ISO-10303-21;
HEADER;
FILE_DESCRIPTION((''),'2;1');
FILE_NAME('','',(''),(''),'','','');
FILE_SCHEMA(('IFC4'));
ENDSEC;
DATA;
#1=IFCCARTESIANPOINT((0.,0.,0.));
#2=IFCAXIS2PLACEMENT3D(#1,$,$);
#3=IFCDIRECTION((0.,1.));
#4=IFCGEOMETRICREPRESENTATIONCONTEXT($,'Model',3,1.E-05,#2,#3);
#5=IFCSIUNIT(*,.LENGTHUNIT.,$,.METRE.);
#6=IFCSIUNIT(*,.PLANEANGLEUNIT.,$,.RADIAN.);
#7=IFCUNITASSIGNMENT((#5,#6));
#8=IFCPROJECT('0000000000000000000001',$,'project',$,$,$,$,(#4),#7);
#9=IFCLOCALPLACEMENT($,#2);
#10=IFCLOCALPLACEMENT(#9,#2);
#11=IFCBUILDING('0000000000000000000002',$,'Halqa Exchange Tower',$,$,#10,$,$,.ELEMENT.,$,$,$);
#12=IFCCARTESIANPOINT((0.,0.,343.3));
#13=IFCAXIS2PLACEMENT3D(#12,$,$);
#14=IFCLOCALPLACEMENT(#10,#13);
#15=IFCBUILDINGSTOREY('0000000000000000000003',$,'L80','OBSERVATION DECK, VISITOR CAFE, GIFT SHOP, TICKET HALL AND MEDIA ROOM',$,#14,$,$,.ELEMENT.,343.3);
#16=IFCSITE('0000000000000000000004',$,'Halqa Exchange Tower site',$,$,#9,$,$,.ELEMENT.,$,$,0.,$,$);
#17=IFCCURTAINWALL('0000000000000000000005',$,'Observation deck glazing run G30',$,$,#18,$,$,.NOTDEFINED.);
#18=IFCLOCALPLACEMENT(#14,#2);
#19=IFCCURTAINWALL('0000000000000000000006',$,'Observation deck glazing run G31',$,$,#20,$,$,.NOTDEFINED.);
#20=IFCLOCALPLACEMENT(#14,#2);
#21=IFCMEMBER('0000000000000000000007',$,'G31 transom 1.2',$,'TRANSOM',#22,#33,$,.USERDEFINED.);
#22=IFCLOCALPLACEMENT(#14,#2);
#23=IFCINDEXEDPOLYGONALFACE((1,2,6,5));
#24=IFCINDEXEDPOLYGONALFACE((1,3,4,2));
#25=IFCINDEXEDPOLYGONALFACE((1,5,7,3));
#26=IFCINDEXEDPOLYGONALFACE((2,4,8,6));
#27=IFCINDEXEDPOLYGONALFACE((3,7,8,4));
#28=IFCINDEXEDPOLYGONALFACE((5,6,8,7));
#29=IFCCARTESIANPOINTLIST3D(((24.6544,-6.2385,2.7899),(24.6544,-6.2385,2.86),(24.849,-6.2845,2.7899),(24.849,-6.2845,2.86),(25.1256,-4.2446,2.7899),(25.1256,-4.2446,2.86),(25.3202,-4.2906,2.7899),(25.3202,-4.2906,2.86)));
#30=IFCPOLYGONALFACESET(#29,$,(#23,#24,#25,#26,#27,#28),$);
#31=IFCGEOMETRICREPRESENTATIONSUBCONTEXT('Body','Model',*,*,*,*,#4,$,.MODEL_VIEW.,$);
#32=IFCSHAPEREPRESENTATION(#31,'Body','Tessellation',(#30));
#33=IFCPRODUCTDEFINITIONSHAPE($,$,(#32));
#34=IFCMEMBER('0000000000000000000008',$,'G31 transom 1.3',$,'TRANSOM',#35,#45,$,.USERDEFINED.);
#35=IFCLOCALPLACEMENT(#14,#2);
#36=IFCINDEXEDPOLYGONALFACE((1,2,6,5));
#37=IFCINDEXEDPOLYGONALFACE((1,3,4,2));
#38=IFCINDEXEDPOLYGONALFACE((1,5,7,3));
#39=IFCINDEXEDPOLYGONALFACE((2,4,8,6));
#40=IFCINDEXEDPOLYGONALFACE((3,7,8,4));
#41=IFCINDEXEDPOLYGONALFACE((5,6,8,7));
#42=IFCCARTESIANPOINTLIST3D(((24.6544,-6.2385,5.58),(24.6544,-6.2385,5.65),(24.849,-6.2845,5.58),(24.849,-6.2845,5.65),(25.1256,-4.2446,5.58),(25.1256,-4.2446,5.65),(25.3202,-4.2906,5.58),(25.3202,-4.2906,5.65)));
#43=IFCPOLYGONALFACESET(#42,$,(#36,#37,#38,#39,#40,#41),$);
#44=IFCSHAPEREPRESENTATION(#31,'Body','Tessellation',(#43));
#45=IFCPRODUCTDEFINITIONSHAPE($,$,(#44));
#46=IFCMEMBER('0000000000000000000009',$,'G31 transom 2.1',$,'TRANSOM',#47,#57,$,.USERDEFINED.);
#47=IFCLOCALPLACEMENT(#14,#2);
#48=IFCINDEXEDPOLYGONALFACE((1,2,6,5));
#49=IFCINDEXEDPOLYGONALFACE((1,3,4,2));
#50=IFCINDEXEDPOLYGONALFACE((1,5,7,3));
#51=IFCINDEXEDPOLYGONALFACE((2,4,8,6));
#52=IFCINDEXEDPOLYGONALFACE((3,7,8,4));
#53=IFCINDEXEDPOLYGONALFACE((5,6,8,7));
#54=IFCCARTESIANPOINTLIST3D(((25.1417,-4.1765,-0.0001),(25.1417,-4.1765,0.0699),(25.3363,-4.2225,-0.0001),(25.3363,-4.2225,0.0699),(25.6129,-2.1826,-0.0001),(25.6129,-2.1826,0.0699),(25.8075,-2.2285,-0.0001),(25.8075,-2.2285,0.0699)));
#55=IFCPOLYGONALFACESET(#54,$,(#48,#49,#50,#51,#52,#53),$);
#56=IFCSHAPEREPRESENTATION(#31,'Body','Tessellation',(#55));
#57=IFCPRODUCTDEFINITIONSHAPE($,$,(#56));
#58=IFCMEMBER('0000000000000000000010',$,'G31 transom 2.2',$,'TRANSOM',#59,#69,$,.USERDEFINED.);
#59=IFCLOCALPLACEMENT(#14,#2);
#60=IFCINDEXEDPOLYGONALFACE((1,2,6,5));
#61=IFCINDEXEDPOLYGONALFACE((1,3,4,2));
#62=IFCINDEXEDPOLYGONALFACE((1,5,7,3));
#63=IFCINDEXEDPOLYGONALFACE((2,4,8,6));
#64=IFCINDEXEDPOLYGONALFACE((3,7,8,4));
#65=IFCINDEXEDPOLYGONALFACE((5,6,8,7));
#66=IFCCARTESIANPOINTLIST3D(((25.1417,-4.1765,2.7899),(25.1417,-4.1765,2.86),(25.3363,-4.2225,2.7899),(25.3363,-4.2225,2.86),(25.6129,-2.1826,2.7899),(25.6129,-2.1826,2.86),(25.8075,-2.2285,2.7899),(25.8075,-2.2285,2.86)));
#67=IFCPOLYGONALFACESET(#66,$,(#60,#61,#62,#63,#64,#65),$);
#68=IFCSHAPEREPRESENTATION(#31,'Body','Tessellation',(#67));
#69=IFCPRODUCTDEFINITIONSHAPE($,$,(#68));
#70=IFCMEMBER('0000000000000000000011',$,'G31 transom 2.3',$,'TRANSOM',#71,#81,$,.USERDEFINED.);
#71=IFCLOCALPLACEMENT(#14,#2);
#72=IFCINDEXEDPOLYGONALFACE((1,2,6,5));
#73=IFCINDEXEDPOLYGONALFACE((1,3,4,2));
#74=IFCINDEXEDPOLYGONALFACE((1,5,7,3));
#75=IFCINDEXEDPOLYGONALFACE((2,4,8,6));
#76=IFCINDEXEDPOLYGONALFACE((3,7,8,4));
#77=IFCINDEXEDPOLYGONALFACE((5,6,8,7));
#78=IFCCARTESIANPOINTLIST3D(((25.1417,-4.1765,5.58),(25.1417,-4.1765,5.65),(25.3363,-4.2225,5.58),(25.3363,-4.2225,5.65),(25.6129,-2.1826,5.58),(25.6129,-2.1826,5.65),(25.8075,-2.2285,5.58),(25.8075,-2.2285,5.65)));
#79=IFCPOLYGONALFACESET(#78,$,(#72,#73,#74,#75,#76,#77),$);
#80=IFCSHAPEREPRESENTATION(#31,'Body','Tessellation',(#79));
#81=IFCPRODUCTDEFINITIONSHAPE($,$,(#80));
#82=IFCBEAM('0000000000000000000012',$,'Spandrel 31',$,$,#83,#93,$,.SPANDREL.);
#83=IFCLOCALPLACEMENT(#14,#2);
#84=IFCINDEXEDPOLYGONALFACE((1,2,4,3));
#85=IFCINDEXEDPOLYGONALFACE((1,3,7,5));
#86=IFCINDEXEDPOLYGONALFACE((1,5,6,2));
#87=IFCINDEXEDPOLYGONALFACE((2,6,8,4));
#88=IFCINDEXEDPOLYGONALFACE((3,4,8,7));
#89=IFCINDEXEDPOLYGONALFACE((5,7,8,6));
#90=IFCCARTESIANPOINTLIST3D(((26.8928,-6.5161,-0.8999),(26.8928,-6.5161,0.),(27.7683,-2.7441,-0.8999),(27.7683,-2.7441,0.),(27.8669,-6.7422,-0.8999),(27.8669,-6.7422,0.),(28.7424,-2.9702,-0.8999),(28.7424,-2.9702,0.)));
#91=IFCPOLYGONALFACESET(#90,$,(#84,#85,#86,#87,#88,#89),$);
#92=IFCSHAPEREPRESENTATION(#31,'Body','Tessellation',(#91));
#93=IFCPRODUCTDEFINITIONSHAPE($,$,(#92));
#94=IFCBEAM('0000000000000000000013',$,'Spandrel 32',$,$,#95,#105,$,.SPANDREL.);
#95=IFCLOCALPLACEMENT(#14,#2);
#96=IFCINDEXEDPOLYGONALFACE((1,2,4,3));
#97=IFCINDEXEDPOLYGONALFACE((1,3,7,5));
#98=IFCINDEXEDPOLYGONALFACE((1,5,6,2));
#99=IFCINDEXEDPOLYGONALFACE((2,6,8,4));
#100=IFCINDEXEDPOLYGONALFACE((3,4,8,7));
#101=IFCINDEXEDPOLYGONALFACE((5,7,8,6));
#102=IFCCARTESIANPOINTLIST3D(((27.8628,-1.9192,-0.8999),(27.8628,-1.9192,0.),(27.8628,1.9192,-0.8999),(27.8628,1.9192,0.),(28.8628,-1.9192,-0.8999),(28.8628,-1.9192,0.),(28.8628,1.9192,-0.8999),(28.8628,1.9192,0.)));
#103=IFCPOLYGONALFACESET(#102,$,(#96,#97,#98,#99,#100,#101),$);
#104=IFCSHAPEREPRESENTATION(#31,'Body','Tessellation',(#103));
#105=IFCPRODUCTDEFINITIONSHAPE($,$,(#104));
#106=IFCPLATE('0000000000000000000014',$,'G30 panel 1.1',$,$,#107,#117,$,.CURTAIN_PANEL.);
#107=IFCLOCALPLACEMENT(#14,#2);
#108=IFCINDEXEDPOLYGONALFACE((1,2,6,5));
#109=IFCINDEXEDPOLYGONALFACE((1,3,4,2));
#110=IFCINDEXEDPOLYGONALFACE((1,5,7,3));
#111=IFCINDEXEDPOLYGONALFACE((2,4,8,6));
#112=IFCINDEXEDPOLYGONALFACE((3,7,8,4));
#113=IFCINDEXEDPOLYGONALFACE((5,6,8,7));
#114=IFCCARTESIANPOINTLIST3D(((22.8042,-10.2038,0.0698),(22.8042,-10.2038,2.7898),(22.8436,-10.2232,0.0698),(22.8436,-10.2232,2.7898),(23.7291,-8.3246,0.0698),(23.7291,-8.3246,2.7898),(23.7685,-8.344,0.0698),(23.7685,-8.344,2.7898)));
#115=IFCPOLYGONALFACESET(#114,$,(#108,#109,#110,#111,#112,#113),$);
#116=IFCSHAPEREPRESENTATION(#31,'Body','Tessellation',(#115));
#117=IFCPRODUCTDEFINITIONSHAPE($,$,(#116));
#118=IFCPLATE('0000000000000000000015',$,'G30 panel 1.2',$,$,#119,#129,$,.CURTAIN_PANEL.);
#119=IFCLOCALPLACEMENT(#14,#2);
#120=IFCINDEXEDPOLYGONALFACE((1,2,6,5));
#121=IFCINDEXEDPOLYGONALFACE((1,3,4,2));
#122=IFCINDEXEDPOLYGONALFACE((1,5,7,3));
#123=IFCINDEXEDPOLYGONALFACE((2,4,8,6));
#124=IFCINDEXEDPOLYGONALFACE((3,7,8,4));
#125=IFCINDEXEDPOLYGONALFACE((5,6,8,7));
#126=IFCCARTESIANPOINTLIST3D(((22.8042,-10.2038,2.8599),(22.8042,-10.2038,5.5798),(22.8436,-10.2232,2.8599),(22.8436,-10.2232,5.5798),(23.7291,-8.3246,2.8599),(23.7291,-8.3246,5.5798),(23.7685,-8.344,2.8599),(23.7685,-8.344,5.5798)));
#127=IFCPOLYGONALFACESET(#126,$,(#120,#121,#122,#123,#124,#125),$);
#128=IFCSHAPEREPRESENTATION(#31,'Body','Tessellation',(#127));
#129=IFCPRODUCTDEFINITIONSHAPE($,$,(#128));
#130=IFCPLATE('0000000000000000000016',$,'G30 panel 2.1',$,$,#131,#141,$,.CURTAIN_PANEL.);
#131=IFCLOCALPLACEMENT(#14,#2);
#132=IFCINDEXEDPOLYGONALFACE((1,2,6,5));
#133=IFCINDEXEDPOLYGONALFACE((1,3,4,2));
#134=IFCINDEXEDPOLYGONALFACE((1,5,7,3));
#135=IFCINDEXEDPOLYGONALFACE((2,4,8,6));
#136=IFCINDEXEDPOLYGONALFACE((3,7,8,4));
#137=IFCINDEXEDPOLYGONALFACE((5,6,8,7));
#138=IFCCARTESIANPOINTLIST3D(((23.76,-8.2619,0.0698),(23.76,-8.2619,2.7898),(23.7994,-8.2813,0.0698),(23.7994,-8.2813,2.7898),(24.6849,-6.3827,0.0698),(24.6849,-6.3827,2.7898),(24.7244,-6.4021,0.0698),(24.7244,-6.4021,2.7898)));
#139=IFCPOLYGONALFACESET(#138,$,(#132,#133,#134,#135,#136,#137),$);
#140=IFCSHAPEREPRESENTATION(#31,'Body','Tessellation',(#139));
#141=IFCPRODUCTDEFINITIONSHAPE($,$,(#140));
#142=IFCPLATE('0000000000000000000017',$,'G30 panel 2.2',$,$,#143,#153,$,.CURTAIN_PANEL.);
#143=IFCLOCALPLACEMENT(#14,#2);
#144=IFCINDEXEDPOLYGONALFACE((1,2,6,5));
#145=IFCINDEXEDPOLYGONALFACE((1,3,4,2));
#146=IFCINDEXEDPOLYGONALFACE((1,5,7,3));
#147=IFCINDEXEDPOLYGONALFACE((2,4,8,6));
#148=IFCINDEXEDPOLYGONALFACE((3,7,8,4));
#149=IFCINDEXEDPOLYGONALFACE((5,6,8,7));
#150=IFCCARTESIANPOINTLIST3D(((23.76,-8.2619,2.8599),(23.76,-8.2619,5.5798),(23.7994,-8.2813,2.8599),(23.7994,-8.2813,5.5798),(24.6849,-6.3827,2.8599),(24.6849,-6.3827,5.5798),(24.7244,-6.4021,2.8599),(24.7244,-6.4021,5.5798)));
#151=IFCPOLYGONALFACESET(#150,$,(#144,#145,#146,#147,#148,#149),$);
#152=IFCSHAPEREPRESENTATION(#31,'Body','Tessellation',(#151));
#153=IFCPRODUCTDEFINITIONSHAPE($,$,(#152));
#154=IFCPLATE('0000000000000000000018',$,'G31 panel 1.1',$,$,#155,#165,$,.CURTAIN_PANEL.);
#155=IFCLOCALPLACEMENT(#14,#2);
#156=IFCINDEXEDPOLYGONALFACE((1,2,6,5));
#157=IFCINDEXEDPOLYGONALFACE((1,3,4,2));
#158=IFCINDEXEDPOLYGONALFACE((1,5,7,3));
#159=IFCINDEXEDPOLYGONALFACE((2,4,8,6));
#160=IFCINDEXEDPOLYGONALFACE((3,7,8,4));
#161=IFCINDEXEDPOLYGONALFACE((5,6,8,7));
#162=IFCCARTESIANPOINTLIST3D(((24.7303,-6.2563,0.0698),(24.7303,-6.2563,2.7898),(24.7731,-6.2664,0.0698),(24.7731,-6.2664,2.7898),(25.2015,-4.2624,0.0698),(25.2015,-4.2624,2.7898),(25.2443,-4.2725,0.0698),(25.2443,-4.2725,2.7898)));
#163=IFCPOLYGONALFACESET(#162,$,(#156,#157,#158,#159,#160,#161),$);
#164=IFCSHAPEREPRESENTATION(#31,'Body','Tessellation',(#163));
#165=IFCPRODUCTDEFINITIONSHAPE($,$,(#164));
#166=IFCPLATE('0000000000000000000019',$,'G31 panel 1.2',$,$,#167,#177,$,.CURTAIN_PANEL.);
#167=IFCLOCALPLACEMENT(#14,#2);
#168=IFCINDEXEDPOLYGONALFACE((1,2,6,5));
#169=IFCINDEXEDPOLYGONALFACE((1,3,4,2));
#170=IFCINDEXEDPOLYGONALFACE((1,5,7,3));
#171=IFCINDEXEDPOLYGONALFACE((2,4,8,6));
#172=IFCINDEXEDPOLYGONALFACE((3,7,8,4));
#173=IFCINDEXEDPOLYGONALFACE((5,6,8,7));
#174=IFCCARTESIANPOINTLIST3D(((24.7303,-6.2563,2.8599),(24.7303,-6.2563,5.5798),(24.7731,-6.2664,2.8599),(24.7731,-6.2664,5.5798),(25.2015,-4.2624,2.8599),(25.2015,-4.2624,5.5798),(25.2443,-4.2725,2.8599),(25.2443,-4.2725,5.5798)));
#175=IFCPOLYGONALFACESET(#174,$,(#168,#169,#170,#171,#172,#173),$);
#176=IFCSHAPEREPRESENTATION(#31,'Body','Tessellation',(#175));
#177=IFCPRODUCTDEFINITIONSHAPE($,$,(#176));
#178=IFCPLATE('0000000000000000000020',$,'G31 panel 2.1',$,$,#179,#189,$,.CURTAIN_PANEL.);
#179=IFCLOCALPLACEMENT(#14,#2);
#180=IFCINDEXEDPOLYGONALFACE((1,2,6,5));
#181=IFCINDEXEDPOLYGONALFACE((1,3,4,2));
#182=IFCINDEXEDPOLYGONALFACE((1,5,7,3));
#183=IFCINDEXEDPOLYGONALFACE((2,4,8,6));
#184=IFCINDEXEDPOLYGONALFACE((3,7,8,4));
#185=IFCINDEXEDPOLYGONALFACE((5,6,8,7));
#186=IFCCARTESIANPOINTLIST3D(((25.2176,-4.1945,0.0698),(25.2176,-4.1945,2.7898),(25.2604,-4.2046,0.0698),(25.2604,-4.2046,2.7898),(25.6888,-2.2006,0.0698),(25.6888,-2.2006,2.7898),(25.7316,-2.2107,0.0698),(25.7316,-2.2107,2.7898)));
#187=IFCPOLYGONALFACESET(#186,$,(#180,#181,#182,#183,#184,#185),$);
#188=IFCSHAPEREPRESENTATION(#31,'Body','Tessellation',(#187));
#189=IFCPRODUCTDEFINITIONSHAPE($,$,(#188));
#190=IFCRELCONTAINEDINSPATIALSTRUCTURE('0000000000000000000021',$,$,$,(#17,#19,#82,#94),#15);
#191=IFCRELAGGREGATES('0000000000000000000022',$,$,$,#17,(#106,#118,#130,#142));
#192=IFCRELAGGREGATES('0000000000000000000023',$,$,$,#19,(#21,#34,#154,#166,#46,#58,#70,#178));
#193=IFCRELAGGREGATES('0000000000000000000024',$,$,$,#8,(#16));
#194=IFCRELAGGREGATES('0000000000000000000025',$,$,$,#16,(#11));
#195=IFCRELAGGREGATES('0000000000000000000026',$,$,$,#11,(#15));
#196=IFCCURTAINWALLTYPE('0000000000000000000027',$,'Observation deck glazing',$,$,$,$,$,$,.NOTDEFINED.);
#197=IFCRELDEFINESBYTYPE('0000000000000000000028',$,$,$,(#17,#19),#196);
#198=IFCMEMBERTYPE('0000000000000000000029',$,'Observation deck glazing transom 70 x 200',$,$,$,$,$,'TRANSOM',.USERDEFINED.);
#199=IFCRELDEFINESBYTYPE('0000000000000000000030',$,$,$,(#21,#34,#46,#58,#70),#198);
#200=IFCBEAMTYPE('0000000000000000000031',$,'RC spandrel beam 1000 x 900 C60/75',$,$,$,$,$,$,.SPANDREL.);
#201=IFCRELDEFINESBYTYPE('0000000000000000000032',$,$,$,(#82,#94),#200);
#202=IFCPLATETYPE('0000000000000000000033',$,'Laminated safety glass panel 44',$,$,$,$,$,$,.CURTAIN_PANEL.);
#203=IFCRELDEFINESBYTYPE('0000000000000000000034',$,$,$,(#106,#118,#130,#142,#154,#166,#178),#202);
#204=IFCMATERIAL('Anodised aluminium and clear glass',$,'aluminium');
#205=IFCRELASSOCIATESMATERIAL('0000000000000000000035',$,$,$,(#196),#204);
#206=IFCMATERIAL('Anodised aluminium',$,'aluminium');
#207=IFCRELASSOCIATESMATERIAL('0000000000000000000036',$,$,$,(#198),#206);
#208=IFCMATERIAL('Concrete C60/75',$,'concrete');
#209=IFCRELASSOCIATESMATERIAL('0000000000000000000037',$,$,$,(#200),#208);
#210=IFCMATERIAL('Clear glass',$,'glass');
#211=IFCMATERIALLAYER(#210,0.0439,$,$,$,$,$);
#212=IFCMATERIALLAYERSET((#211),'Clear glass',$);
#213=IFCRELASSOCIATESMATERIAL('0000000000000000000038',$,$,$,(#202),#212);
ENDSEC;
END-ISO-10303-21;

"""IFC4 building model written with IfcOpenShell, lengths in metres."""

from ifc_helpers import new_model, si_unit, direction, frame, origin, origin_2d, place, context, subcontext, project, spatial, rectangle, extrude, material, layer, layer_set, material_profile, profile_set, type_object, element, aggregate, save


model = new_model("IFC4")

# Units and contexts
model_context = context("Model", 3, precision=1e-05, world=origin(), true_north=direction((0.0, 1.0)))
body_context = subcontext(model_context, "Body", "Model", "MODEL_VIEW")
ifc_project = project(units=[si_unit("LENGTHUNIT", "METRE"), si_unit("PLANEANGLEUNIT", "RADIAN")], contexts=[model_context])

# Site, building, storey
site_placement = place(None, origin())
site = spatial("IfcSite", under=ifc_project, at=site_placement, Name="Halqa Exchange Tower site", CompositionType="ELEMENT", RefElevation=0.0)
building_placement = place(site_placement, origin())
building = spatial("IfcBuilding", under=site, at=building_placement, Name="Halqa Exchange Tower", CompositionType="ELEMENT")
storey_placement = place(building_placement, frame((0.0, 0.0, 343.3)))
storey = spatial("IfcBuildingStorey", under=building, at=storey_placement, Name="L80", Description="OBSERVATION DECK, VISITOR CAFE, GIFT SHOP, TICKET HALL AND MEDIA ROOM", CompositionType="ELEMENT", Elevation=343.3)

# Curtain walls
ifc_material_1 = material(Name="Anodised aluminium and clear glass", Category="aluminium")
curtain_wall_type = type_object("IfcCurtainWallType", Name="Observation deck glazing", PredefinedType="NOTDEFINED", material=ifc_material_1)
curtain_wall_1_placement = place(storey_placement, origin())
curtain_wall_1 = element("IfcCurtainWall", 1, at=curtain_wall_1_placement, inside=storey, type_object=curtain_wall_type, Name="Observation deck glazing run G30", PredefinedType="NOTDEFINED")
ifc_material_2 = material(Name="Anodised aluminium", Category="aluminium")
curtain_wall_2_placement = place(storey_placement, origin())
curtain_wall_2 = element("IfcCurtainWall", 2, at=curtain_wall_2_placement, inside=storey, type_object=curtain_wall_type, Name="Observation deck glazing run G31", PredefinedType="NOTDEFINED")

# Members
ifc_material_profile_1 = material_profile(ifc_material_2, rectangle(XDim=0.2, YDim=0.0701, at=origin_2d()), Name="AL 70x200")
ifc_profile_set_1 = profile_set([ifc_material_profile_1], Name="Anodised aluminium")
member_type_1 = type_object("IfcMemberType", Name="Observation deck glazing transom 70 x 200", ElementType="TRANSOM", PredefinedType="USERDEFINED", material=ifc_profile_set_1)
member_1_placement = place(storey_placement, frame((24.7517, -6.2615, 2.825), z_axis=(0.229982, 0.973195, 0.0), x_axis=(-0.973195, 0.229982, 0.0)))
member_1 = element("IfcMember", 3, at=member_1_placement, type_object=member_type_1, Name="G31 transom 1.2", ObjectType="TRANSOM", PredefinedType="USERDEFINED", context=body_context, shape_type="SweptSolid", body=[
    extrude(rectangle(XDim=0.2, YDim=0.0701, at=origin_2d()), origin(), (0.0, 0.0, 1.0), 2.0488),
])
member_2_placement = place(storey_placement, frame((24.7517, -6.2615, 5.615), z_axis=(0.229982, 0.973195, 0.0), x_axis=(-0.973195, 0.229982, 0.0)))
member_2 = element("IfcMember", 4, at=member_2_placement, type_object=member_type_1, Name="G31 transom 1.3", ObjectType="TRANSOM", PredefinedType="USERDEFINED", context=body_context, shape_type="SweptSolid", body=[
    extrude(rectangle(XDim=0.2, YDim=0.0701, at=origin_2d()), origin(), (0.0, 0.0, 1.0), 2.0488),
])
member_3_placement = place(storey_placement, frame((25.239, -4.1995, 0.0349), z_axis=(0.229982, 0.973195, 0.0), x_axis=(-0.973195, 0.229982, 0.0)))
member_3 = element("IfcMember", 5, at=member_3_placement, type_object=member_type_1, Name="G31 transom 2.1", ObjectType="TRANSOM", PredefinedType="USERDEFINED", context=body_context, shape_type="SweptSolid", body=[
    extrude(rectangle(XDim=0.2, YDim=0.0701, at=origin_2d()), origin(), (0.0, 0.0, 1.0), 2.0488),
])
member_4_placement = place(storey_placement, frame((25.239, -4.1995, 2.825), z_axis=(0.229982, 0.973195, 0.0), x_axis=(-0.973195, 0.229982, 0.0)))
member_4 = element("IfcMember", 6, at=member_4_placement, type_object=member_type_1, Name="G31 transom 2.2", ObjectType="TRANSOM", PredefinedType="USERDEFINED", context=body_context, shape_type="SweptSolid", body=[
    extrude(rectangle(XDim=0.2, YDim=0.0701, at=origin_2d()), origin(), (0.0, 0.0, 1.0), 2.0488),
])
member_5_placement = place(storey_placement, frame((25.239, -4.1995, 5.615), z_axis=(0.229982, 0.973195, 0.0), x_axis=(-0.973195, 0.229982, 0.0)))
member_5 = element("IfcMember", 7, at=member_5_placement, type_object=member_type_1, Name="G31 transom 2.3", ObjectType="TRANSOM", PredefinedType="USERDEFINED", context=body_context, shape_type="SweptSolid", body=[
    extrude(rectangle(XDim=0.2, YDim=0.0701, at=origin_2d()), origin(), (0.0, 0.0, 1.0), 2.0488),
])

# Beams
ifc_material_3 = material(Name="Concrete C60/75", Category="concrete")
ifc_material_profile_2 = material_profile(ifc_material_3, rectangle(XDim=1.0, YDim=0.8999, at=origin_2d()), Name="1000 x 900")
ifc_profile_set_2 = profile_set([ifc_material_profile_2], Name="Concrete C60/75")
beam_type = type_object("IfcBeamType", Name="RC spandrel beam 1000 x 900 C60/75", PredefinedType="SPANDREL", material=ifc_profile_set_2)
beam_1_placement = place(storey_placement, frame((27.3799, -6.6292, -0.45), z_axis=(0.226093, 0.974106, 0.0), x_axis=(-0.974106, 0.226093, 0.0)))
element("IfcBeam", 8, at=beam_1_placement, inside=storey, type_object=beam_type, Name="Spandrel 31", PredefinedType="SPANDREL", context=body_context, shape_type="SweptSolid", body=[
    extrude(rectangle(XDim=1.0, YDim=0.8999, at=origin_2d()), origin(), (0.0, 0.0, 1.0), 3.8723),
])
beam_2_placement = place(storey_placement, frame((28.3628, -1.9192, -0.45), z_axis=(0.0, 1.0, 0.0), x_axis=(-1.0, 0.0, 0.0)))
element("IfcBeam", 9, at=beam_2_placement, inside=storey, type_object=beam_type, Name="Spandrel 32", PredefinedType="SPANDREL", context=body_context, shape_type="SweptSolid", body=[
    extrude(rectangle(XDim=1.0, YDim=0.8999, at=origin_2d()), origin(), (0.0, 0.0, 1.0), 3.8384),
])

# Plates
ifc_material_4 = material(Name="Clear glass", Category="glass")
ifc_layer_1 = layer(ifc_material_4, 0.0439)
ifc_layer_set_1 = layer_set([ifc_layer_1], Name="Clear glass")
plate_type = type_object("IfcPlateType", Name="Laminated safety glass panel 44", PredefinedType="CURTAIN_PANEL", material=ifc_layer_set_1)
plate_1_placement = place(storey_placement, frame((23.2864, -9.2739, 0.0698), z_axis=(0.0, 0.0, 1.0), x_axis=(0.441595, 0.897215, 0.0)))
plate_1 = element("IfcPlate", 10, at=plate_1_placement, type_object=plate_type, Name="G30 panel 1.1", PredefinedType="CURTAIN_PANEL", context=body_context, shape_type="SweptSolid", body=[
    extrude(rectangle(XDim=2.0945, YDim=0.0439, at=origin_2d()), origin(), (0.0, 0.0, 1.0), 2.72),
])
plate_2_placement = place(storey_placement, frame((23.2864, -9.2739, 2.8599), z_axis=(0.0, 0.0, 1.0), x_axis=(0.441595, 0.897215, 0.0)))
plate_2 = element("IfcPlate", 11, at=plate_2_placement, type_object=plate_type, Name="G30 panel 1.2", PredefinedType="CURTAIN_PANEL", context=body_context, shape_type="SweptSolid", body=[
    extrude(rectangle(XDim=2.0945, YDim=0.0439, at=origin_2d()), origin(), (0.0, 0.0, 1.0), 2.72),
])
plate_3_placement = place(storey_placement, frame((24.2422, -7.332, 0.0698), z_axis=(0.0, 0.0, 1.0), x_axis=(0.441595, 0.897215, 0.0)))
plate_3 = element("IfcPlate", 12, at=plate_3_placement, type_object=plate_type, Name="G30 panel 2.1", PredefinedType="CURTAIN_PANEL", context=body_context, shape_type="SweptSolid", body=[
    extrude(rectangle(XDim=2.0945, YDim=0.0439, at=origin_2d()), origin(), (0.0, 0.0, 1.0), 2.72),
])
plate_4_placement = place(storey_placement, frame((24.2422, -7.332, 2.8599), z_axis=(0.0, 0.0, 1.0), x_axis=(0.441595, 0.897215, 0.0)))
plate_4 = element("IfcPlate", 13, at=plate_4_placement, type_object=plate_type, Name="G30 panel 2.2", PredefinedType="CURTAIN_PANEL", context=body_context, shape_type="SweptSolid", body=[
    extrude(rectangle(XDim=2.0945, YDim=0.0439, at=origin_2d()), origin(), (0.0, 0.0, 1.0), 2.72),
])
aggregate(curtain_wall_1, [plate_1, plate_2, plate_3, plate_4])
plate_5_placement = place(storey_placement, frame((24.9873, -5.2644, 0.0698), z_axis=(0.0, 0.0, 1.0), x_axis=(0.229995, 0.973192, 0.0)))
plate_5 = element("IfcPlate", 14, at=plate_5_placement, type_object=plate_type, Name="G31 panel 1.1", PredefinedType="CURTAIN_PANEL", context=body_context, shape_type="SweptSolid", body=[
    extrude(rectangle(XDim=2.0488, YDim=0.0439, at=origin_2d()), origin(), (0.0, 0.0, 1.0), 2.72),
])
plate_6_placement = place(storey_placement, frame((24.9873, -5.2644, 2.8599), z_axis=(0.0, 0.0, 1.0), x_axis=(0.229995, 0.973192, 0.0)))
plate_6 = element("IfcPlate", 15, at=plate_6_placement, type_object=plate_type, Name="G31 panel 1.2", PredefinedType="CURTAIN_PANEL", context=body_context, shape_type="SweptSolid", body=[
    extrude(rectangle(XDim=2.0488, YDim=0.0439, at=origin_2d()), origin(), (0.0, 0.0, 1.0), 2.72),
])
plate_7_placement = place(storey_placement, frame((25.4746, -3.2026, 0.0698), z_axis=(0.0, 0.0, 1.0), x_axis=(0.229995, 0.973192, 0.0)))
plate_7 = element("IfcPlate", 16, at=plate_7_placement, type_object=plate_type, Name="G31 panel 2.1", PredefinedType="CURTAIN_PANEL", context=body_context, shape_type="SweptSolid", body=[
    extrude(rectangle(XDim=2.0488, YDim=0.0439, at=origin_2d()), origin(), (0.0, 0.0, 1.0), 2.72),
])
aggregate(curtain_wall_2, [member_1, member_2, plate_5, plate_6, member_3, member_4, member_5, plate_7])

save(model, "model.ifc")
